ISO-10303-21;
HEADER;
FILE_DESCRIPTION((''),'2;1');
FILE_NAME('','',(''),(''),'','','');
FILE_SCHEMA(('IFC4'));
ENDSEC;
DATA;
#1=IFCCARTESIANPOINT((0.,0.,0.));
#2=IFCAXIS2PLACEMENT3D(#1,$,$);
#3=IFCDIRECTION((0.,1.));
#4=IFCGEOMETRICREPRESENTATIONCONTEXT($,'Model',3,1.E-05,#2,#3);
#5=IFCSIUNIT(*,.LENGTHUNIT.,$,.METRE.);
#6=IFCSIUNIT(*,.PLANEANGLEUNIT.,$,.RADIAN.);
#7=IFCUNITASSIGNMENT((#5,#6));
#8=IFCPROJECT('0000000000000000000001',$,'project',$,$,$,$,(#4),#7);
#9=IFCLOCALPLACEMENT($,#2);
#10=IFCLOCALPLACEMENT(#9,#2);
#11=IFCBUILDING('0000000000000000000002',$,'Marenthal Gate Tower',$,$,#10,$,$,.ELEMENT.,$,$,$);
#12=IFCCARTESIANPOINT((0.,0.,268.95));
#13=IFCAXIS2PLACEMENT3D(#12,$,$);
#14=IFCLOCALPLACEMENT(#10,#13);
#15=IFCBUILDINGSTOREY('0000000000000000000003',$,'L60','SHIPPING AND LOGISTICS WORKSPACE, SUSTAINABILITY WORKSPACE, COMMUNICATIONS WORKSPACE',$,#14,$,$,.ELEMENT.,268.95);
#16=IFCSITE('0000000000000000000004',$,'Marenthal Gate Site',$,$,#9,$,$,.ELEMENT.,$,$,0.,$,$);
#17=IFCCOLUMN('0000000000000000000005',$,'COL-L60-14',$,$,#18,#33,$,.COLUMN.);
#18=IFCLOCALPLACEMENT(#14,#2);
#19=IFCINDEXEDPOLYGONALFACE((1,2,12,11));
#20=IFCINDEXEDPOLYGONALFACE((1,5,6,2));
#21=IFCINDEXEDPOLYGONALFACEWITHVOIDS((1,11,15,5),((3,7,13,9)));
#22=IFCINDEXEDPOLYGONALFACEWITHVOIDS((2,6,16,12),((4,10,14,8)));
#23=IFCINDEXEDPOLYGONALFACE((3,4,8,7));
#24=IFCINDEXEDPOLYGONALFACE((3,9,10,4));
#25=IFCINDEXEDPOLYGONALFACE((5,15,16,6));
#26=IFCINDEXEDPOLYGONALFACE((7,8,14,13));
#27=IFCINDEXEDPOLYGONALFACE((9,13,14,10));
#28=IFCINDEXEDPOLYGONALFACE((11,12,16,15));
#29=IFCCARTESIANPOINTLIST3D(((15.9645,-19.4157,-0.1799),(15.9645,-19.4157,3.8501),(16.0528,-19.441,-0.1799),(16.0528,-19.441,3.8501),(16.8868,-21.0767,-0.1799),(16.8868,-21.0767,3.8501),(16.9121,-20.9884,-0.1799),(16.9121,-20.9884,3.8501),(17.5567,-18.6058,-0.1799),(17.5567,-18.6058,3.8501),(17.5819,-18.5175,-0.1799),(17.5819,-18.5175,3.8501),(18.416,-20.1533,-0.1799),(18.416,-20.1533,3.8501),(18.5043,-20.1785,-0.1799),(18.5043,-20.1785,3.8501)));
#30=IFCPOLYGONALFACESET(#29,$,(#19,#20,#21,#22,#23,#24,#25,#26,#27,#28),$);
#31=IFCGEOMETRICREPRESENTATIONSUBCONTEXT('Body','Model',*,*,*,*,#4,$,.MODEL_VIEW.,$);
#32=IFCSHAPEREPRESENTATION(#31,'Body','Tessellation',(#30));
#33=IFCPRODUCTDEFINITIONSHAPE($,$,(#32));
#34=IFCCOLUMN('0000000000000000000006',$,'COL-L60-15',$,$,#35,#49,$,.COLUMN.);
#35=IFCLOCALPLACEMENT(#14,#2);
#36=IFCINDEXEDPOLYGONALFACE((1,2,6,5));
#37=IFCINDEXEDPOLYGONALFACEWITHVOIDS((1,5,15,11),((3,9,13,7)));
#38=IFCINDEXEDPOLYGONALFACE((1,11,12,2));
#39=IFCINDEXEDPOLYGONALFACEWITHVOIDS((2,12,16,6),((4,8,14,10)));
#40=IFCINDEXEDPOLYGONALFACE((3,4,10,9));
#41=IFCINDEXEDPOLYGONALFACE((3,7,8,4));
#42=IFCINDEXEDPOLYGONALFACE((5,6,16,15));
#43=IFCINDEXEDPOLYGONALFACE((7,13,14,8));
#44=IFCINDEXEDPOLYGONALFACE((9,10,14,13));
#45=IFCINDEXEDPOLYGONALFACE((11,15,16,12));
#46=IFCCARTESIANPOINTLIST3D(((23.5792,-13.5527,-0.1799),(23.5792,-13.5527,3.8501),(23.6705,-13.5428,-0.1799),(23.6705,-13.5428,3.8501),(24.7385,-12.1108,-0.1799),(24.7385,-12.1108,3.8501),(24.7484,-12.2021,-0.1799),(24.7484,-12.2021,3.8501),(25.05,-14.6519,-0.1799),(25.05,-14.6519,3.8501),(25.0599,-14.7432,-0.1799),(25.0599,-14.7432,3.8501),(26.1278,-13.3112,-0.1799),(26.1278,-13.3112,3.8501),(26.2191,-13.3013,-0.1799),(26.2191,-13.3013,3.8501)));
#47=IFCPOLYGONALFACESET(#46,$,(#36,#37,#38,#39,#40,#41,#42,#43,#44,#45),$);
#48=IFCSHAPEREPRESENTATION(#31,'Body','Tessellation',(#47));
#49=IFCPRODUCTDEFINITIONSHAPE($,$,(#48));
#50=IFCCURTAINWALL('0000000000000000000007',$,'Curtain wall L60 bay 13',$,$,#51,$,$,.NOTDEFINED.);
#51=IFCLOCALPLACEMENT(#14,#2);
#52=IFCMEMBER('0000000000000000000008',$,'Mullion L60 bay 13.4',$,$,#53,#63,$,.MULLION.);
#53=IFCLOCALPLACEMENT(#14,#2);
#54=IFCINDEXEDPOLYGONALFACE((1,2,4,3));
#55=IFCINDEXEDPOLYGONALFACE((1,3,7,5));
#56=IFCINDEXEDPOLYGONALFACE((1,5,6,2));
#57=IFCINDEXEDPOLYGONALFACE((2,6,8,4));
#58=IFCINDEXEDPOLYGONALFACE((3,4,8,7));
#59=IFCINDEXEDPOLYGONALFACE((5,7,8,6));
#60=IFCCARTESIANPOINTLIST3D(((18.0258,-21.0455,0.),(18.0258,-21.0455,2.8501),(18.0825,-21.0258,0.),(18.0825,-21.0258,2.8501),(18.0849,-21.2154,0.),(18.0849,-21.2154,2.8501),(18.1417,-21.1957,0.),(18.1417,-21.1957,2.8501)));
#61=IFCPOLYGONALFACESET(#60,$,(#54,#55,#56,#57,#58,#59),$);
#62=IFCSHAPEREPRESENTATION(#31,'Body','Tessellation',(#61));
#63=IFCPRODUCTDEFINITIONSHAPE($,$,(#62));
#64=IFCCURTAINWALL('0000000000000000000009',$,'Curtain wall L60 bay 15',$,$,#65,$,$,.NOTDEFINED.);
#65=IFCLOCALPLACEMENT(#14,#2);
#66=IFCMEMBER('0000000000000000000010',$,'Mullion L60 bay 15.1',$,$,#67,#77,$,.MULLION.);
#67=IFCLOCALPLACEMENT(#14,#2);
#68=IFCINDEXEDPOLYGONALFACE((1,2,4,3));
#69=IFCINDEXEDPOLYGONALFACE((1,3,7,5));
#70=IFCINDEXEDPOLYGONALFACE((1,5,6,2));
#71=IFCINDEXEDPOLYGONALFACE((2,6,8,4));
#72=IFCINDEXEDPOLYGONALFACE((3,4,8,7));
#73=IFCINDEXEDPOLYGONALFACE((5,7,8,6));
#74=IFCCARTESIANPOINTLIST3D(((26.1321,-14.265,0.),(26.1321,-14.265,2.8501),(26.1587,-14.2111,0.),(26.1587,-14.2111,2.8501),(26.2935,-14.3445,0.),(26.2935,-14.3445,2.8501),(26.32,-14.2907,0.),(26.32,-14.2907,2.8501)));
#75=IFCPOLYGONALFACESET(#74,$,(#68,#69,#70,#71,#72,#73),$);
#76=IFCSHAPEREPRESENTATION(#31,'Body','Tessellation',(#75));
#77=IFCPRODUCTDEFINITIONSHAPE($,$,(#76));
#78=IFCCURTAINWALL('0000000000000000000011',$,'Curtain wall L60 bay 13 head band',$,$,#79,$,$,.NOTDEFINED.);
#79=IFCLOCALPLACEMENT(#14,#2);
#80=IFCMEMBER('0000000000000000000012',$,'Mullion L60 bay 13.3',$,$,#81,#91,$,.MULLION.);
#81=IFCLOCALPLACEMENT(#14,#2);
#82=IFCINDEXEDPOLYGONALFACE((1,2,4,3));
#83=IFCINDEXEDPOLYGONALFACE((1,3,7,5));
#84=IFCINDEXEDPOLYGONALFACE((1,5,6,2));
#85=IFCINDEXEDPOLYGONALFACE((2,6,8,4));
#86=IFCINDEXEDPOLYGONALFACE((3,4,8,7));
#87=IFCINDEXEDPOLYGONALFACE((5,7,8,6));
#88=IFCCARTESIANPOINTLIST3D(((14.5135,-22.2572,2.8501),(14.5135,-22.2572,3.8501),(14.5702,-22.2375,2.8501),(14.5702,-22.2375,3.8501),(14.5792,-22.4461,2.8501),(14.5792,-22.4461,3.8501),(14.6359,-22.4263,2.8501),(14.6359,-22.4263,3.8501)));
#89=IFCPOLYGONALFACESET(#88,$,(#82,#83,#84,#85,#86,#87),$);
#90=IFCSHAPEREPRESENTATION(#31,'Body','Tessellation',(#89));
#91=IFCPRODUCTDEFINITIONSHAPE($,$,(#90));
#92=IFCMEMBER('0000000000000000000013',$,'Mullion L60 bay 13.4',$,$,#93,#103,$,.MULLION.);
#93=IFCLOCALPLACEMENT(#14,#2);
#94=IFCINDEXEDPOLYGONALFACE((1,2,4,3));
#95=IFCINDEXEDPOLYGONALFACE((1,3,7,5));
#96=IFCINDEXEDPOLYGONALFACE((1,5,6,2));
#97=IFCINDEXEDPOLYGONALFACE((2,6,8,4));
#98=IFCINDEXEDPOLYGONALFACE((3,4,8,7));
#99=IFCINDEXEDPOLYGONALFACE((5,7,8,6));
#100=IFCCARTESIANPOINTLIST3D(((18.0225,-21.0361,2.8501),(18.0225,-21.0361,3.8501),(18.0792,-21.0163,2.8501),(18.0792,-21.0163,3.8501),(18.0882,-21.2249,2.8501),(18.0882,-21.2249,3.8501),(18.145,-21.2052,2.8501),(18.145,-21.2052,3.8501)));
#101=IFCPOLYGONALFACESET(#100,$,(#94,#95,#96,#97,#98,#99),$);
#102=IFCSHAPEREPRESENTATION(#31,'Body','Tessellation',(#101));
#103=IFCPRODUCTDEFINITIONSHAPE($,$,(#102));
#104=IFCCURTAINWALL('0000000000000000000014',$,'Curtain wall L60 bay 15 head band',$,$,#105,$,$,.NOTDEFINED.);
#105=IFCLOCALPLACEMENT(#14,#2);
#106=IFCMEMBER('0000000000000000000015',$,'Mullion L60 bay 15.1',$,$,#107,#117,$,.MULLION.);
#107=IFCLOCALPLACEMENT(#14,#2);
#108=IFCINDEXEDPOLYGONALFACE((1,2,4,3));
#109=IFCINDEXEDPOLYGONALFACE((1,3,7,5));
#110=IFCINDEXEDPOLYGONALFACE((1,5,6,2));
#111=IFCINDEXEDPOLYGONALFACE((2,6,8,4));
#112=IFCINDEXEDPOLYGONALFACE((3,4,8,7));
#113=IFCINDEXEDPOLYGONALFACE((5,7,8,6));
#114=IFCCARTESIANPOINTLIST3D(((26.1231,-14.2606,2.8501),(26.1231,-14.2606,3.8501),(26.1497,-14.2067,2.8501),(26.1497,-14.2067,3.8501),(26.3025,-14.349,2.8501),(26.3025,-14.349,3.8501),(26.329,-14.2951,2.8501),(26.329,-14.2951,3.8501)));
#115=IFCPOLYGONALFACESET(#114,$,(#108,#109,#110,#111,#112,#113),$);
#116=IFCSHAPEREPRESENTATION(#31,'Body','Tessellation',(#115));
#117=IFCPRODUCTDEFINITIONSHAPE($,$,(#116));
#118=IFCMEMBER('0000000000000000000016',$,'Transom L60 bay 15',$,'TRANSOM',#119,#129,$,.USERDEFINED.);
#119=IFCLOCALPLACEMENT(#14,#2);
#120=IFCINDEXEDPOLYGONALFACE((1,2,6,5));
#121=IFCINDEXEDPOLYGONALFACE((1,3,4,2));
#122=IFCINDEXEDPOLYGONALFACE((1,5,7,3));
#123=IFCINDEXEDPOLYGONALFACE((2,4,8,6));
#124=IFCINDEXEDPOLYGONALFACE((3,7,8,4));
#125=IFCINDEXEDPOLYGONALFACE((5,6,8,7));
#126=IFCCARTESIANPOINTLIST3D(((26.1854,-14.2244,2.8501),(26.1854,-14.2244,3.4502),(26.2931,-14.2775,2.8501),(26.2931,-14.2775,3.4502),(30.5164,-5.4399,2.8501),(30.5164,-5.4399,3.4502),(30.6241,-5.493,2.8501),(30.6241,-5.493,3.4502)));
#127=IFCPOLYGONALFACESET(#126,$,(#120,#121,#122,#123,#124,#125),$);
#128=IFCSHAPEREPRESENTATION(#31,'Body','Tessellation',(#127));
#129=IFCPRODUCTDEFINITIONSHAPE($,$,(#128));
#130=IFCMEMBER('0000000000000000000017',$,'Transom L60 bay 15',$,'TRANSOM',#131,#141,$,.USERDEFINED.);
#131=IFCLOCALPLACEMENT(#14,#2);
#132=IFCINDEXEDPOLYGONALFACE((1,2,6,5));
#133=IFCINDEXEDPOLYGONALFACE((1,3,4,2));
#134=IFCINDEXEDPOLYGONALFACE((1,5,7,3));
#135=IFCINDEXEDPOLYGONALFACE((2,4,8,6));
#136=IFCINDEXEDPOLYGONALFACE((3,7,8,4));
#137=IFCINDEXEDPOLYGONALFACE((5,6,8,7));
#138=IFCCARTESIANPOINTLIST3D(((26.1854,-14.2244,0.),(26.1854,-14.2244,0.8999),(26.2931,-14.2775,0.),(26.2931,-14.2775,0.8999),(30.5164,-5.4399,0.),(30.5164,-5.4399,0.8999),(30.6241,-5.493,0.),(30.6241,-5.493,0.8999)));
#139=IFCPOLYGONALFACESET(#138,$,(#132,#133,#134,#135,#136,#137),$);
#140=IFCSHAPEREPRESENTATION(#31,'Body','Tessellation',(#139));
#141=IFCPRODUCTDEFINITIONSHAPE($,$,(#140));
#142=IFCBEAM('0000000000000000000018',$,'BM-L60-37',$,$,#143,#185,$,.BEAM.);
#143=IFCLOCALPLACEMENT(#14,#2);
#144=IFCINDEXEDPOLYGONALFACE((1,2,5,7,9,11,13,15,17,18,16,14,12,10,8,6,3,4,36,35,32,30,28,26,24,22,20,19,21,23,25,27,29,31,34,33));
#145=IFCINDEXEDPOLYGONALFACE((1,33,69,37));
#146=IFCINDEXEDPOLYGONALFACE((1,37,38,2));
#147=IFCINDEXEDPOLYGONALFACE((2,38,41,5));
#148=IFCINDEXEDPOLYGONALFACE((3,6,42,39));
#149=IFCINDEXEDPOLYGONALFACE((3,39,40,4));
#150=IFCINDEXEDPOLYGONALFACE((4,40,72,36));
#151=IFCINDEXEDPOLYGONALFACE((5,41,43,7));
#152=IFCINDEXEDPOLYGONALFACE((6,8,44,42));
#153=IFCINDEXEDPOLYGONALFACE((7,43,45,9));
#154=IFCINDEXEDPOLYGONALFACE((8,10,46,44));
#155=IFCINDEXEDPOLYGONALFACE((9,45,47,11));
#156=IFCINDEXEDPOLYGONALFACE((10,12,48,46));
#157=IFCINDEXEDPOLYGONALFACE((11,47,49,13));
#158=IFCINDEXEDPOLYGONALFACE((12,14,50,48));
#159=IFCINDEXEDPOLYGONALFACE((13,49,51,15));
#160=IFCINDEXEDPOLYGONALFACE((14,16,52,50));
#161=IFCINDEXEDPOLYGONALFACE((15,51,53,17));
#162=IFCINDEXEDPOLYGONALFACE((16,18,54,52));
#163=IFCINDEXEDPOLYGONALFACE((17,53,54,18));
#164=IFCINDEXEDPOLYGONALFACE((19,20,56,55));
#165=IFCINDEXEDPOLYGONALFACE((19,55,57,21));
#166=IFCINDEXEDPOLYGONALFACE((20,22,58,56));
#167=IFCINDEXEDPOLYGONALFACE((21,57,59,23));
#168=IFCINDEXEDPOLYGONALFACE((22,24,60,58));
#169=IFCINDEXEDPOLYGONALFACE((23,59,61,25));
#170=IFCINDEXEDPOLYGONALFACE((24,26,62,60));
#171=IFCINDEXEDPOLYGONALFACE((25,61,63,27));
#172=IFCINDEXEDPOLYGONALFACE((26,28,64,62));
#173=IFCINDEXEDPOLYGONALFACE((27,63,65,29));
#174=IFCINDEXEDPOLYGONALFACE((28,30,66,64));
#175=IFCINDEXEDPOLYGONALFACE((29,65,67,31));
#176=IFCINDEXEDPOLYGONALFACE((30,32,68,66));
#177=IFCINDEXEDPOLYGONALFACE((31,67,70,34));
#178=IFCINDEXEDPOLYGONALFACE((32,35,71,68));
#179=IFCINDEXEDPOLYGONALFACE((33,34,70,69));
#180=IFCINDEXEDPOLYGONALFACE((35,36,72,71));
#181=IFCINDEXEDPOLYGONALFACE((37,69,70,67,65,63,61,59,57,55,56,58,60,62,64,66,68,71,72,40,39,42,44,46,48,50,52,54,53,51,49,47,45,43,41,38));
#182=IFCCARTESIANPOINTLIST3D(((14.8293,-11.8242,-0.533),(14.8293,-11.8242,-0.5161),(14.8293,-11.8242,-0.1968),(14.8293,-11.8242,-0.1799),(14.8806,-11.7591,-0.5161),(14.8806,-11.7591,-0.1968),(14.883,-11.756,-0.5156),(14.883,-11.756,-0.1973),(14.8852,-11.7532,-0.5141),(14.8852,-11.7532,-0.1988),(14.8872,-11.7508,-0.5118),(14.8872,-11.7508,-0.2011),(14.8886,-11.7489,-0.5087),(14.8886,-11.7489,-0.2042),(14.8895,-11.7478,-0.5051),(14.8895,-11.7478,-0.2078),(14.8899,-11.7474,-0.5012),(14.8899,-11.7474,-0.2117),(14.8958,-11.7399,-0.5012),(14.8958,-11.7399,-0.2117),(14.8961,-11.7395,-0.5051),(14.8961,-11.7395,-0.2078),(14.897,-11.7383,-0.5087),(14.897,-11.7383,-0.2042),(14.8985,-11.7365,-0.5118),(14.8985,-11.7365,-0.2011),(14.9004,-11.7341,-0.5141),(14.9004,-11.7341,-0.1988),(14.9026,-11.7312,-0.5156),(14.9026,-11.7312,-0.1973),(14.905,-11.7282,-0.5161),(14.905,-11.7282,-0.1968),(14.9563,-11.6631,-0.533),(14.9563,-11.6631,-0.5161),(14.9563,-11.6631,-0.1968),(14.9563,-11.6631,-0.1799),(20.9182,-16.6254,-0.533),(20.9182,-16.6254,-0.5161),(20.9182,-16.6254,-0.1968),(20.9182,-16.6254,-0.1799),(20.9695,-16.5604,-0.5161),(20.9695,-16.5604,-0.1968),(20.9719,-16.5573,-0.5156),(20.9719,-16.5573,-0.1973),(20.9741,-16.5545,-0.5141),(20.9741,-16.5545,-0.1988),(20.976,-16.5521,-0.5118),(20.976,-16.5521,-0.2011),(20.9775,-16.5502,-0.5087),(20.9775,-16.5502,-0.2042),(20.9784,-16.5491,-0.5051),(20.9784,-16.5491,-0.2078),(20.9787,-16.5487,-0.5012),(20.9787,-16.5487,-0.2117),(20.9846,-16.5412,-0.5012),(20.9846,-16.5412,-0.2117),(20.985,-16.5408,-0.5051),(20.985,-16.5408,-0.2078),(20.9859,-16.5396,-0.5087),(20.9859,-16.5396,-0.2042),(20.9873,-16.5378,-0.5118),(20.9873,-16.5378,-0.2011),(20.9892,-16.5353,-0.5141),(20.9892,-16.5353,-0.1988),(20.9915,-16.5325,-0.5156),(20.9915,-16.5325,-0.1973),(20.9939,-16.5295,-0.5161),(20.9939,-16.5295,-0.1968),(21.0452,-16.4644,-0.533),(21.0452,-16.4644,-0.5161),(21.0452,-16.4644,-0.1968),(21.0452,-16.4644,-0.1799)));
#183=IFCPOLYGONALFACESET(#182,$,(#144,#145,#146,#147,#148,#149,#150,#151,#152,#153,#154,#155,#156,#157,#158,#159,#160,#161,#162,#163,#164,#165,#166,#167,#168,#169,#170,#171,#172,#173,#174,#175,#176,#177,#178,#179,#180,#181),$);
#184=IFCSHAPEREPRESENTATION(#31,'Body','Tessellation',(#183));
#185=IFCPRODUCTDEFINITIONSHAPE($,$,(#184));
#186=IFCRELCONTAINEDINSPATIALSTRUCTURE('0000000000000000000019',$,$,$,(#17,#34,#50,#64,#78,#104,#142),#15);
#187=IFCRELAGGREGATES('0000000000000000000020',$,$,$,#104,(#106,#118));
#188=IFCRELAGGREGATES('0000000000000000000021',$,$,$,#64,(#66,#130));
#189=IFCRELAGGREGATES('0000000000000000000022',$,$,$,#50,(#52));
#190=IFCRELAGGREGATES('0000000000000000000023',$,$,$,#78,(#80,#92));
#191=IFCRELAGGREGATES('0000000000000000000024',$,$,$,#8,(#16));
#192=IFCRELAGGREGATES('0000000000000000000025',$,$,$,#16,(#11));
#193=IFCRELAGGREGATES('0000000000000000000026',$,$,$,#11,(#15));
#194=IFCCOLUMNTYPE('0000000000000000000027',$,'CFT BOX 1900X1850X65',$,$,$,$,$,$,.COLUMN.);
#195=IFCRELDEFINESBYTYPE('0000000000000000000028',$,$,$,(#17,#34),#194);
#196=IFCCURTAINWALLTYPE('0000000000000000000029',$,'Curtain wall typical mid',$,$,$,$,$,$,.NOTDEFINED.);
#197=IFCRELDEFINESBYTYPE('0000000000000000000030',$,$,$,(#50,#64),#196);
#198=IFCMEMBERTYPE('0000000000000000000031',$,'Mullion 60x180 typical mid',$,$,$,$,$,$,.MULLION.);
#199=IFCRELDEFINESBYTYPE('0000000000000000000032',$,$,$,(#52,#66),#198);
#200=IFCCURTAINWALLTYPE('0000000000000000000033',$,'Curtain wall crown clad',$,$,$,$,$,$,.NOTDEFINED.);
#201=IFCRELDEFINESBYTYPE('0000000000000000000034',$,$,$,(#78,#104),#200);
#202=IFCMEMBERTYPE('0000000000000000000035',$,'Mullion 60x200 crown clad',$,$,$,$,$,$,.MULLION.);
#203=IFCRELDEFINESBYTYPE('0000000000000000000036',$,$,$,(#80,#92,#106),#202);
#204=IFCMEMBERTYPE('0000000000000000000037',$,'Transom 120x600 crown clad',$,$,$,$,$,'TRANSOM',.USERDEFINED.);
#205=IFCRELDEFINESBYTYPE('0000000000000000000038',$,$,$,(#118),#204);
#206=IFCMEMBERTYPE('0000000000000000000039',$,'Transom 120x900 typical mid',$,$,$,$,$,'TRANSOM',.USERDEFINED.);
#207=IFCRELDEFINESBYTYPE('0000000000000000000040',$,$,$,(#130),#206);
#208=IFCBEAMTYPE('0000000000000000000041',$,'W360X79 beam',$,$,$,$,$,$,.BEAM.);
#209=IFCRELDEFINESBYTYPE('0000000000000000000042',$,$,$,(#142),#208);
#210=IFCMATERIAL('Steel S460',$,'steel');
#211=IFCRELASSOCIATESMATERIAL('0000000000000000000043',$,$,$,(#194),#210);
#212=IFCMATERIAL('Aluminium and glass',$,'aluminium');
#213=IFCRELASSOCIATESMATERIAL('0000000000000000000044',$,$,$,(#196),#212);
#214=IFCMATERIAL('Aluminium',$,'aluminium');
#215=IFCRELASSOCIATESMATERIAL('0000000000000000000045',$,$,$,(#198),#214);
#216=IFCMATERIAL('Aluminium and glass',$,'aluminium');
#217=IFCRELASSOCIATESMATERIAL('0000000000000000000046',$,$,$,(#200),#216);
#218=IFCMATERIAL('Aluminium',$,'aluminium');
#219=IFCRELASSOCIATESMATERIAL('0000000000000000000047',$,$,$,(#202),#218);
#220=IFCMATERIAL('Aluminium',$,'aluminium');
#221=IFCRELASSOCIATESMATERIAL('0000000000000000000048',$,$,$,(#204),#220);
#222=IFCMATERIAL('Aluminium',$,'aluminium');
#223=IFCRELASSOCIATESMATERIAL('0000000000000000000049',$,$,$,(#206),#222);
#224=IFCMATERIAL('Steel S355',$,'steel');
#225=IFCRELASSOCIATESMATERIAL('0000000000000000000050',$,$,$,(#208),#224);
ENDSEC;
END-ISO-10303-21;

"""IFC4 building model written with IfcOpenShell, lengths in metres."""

from ifc_helpers import new_model, si_unit, direction, frame, origin, origin_2d, place, context, subcontext, project, spatial, rectangle, hollow_rectangle, i_section, extrude, material, material_profile, profile_set, type_object, element, aggregate, save


model = new_model("IFC4")

# Units and contexts
model_context = context("Model", 3, precision=1e-05, world=origin(), true_north=direction((0.0, 1.0)))
body_context = subcontext(model_context, "Body", "Model", "MODEL_VIEW")
ifc_project = project(units=[si_unit("LENGTHUNIT", "METRE"), si_unit("PLANEANGLEUNIT", "RADIAN")], contexts=[model_context])

# Site, building, storey
site_placement = place(None, origin())
site = spatial("IfcSite", under=ifc_project, at=site_placement, Name="Marenthal Gate Site", CompositionType="ELEMENT", RefElevation=0.0)
building_placement = place(site_placement, origin())
building = spatial("IfcBuilding", under=site, at=building_placement, Name="Marenthal Gate Tower", CompositionType="ELEMENT")
storey_placement = place(building_placement, frame((0.0, 0.0, 268.95)))
storey = spatial("IfcBuildingStorey", under=building, at=storey_placement, Name="L60", Description="SHIPPING AND LOGISTICS WORKSPACE, SUSTAINABILITY WORKSPACE, COMMUNICATIONS WORKSPACE", CompositionType="ELEMENT", Elevation=268.95)

# Columns
ifc_material_1 = material(Name="Steel S460", Category="steel")
ifc_material_profile_1 = material_profile(ifc_material_1, hollow_rectangle(XDim=1.8501, YDim=1.8999, WallThickness=0.0649, at=origin_2d()), Name="CFT BOX 1900X1850X65")
ifc_material_2 = material(Name="Concrete 70 MPa", Category="concrete")
ifc_material_profile_2 = material_profile(ifc_material_2, rectangle(XDim=1.72, YDim=1.77, at=origin_2d()), Name="CFT BOX 1900X1850X65 INFILL")
ifc_profile_set_1 = profile_set([ifc_material_profile_1, ifc_material_profile_2], Name="Steel S460 shell, Concrete 70 MPa infill")
column_type = type_object("IfcColumnType", Name="CFT BOX 1900X1850X65", PredefinedType="COLUMN", material=ifc_profile_set_1)
for number, where, z_axis, x_axis, name in (
    (1, (17.2344, -19.7971, -0.1799), (0.0, 0.0, 1.0), (-0.874251, -0.485475, 0.0), "COL-L60-14"),
    (2, (24.8992, -13.427, -0.1799), (0.0, 0.0, 1.0), (-0.626593, -0.779347, 0.0), "COL-L60-15"),
):
    element("IfcColumn", number, at=place(storey_placement, frame(where, z_axis=z_axis, x_axis=x_axis)), inside=storey, type_object=column_type, Name=name, PredefinedType="COLUMN", context=body_context, shape_type="SweptSolid", body=[
        extrude(hollow_rectangle(XDim=1.8501, YDim=1.8999, WallThickness=0.0649, at=origin_2d()), origin(), (0.0, 0.0, 1.0), 4.03),
    ])

# Curtain walls, members
ifc_material_3 = material(Name="Aluminium and glass", Category="aluminium")
curtain_wall_type_1 = type_object("IfcCurtainWallType", Name="Curtain wall typical mid", PredefinedType="NOTDEFINED", material=ifc_material_3)
curtain_wall_1_placement = place(storey_placement, origin())
curtain_wall_1 = element("IfcCurtainWall", 3, at=curtain_wall_1_placement, inside=storey, type_object=curtain_wall_type_1, Name="Curtain wall L60 bay 13", PredefinedType="NOTDEFINED")
ifc_material_4 = material(Name="Aluminium", Category="aluminium")
ifc_material_profile_3 = material_profile(ifc_material_4, rectangle(XDim=0.1799, YDim=0.0601, at=origin_2d()), Name="60x180 aluminium mullion")
ifc_profile_set_2 = profile_set([ifc_material_profile_3], Name="Aluminium")
member_type_1 = type_object("IfcMemberType", Name="Mullion 60x180 typical mid", PredefinedType="MULLION", material=ifc_profile_set_2)
member_1_placement = place(storey_placement, frame((18.0837, -21.1206, 0.0), z_axis=(0.0, 0.0, 1.0), x_axis=(-0.32867, 0.944445, 0.0)))
member_1 = element("IfcMember", 4, at=member_1_placement, type_object=member_type_1, Name="Mullion L60 bay 13.4", PredefinedType="MULLION", context=body_context, shape_type="SweptSolid", body=[
    extrude(rectangle(XDim=0.1799, YDim=0.0601, at=origin_2d()), origin(), (0.0, 0.0, 1.0), 2.8501),
])
curtain_wall_2_placement = place(storey_placement, origin())
curtain_wall_2 = element("IfcCurtainWall", 5, at=curtain_wall_2_placement, inside=storey, type_object=curtain_wall_type_1, Name="Curtain wall L60 bay 15", PredefinedType="NOTDEFINED")
member_2_placement = place(storey_placement, frame((26.2261, -14.2778, 0.0), z_axis=(0.0, 0.0, 1.0), x_axis=(-0.896921, 0.442192, 0.0)))
member_2 = element("IfcMember", 6, at=member_2_placement, type_object=member_type_1, Name="Mullion L60 bay 15.1", PredefinedType="MULLION", context=body_context, shape_type="SweptSolid", body=[
    extrude(rectangle(XDim=0.1799, YDim=0.0601, at=origin_2d()), origin(), (0.0, 0.0, 1.0), 2.8501),
])

# Curtain walls, members
ifc_material_5 = material(Name="Aluminium and glass", Category="aluminium")
curtain_wall_type_2 = type_object("IfcCurtainWallType", Name="Curtain wall crown clad", PredefinedType="NOTDEFINED", material=ifc_material_5)
curtain_wall_3_placement = place(storey_placement, origin())
curtain_wall_3 = element("IfcCurtainWall", 7, at=curtain_wall_3_placement, inside=storey, type_object=curtain_wall_type_2, Name="Curtain wall L60 bay 13 head band", PredefinedType="NOTDEFINED")
ifc_material_6 = material(Name="Aluminium", Category="aluminium")
ifc_material_profile_4 = material_profile(ifc_material_6, rectangle(XDim=0.2, YDim=0.0601, at=origin_2d()), Name="60x200 aluminium mullion")
ifc_profile_set_3 = profile_set([ifc_material_profile_4], Name="Aluminium")
member_type_2 = type_object("IfcMemberType", Name="Mullion 60x200 crown clad", PredefinedType="MULLION", material=ifc_profile_set_3)
member_3_placement = place(storey_placement, frame((14.5747, -22.3418, 2.8501), z_axis=(0.0, 0.0, 1.0), x_axis=(-0.32867, 0.944445, 0.0)))
member_3 = element("IfcMember", 8, at=member_3_placement, type_object=member_type_2, Name="Mullion L60 bay 13.3", PredefinedType="MULLION", context=body_context, shape_type="SweptSolid", body=[
    extrude(rectangle(XDim=0.2, YDim=0.0601, at=origin_2d()), origin(), (0.0, 0.0, 1.0), 1.0),
])
member_4_placement = place(storey_placement, frame((18.0837, -21.1206, 2.8501), z_axis=(0.0, 0.0, 1.0), x_axis=(-0.32867, 0.944445, 0.0)))
member_4 = element("IfcMember", 9, at=member_4_placement, type_object=member_type_2, Name="Mullion L60 bay 13.4", PredefinedType="MULLION", context=body_context, shape_type="SweptSolid", body=[
    extrude(rectangle(XDim=0.2, YDim=0.0601, at=origin_2d()), origin(), (0.0, 0.0, 1.0), 1.0),
])
curtain_wall_4_placement = place(storey_placement, origin())
curtain_wall_4 = element("IfcCurtainWall", 10, at=curtain_wall_4_placement, inside=storey, type_object=curtain_wall_type_2, Name="Curtain wall L60 bay 15 head band", PredefinedType="NOTDEFINED")
member_5_placement = place(storey_placement, frame((26.2261, -14.2778, 2.8501), z_axis=(0.0, 0.0, 1.0), x_axis=(-0.896921, 0.442192, 0.0)))
member_5 = element("IfcMember", 11, at=member_5_placement, type_object=member_type_2, Name="Mullion L60 bay 15.1", PredefinedType="MULLION", context=body_context, shape_type="SweptSolid", body=[
    extrude(rectangle(XDim=0.2, YDim=0.0601, at=origin_2d()), origin(), (0.0, 0.0, 1.0), 1.0),
])
ifc_material_7 = material(Name="Aluminium", Category="aluminium")
ifc_material_profile_5 = material_profile(ifc_material_7, rectangle(XDim=0.1201, YDim=0.6001, at=origin_2d()), Name="120x600 aluminium transom")
ifc_profile_set_4 = profile_set([ifc_material_profile_5], Name="Aluminium")
member_type_3 = type_object("IfcMemberType", Name="Transom 120x600 crown clad", ElementType="TRANSOM", PredefinedType="USERDEFINED", material=ifc_profile_set_4)
member_6_placement = place(storey_placement, frame((26.2393, -14.251, 3.1501), z_axis=(0.442201, 0.896916, 0.0), x_axis=(-0.896916, 0.442201, 0.0)))
member_6 = element("IfcMember", 12, at=member_6_placement, type_object=member_type_3, Name="Transom L60 bay 15", ObjectType="TRANSOM", PredefinedType="USERDEFINED", context=body_context, shape_type="SweptSolid", body=[
    extrude(rectangle(XDim=0.1201, YDim=0.6001, at=origin_2d()), origin(), (0.0, 0.0, 1.0), 9.7942),
])
aggregate(curtain_wall_4, [member_5, member_6])

# Member
ifc_material_8 = material(Name="Aluminium", Category="aluminium")
ifc_material_profile_6 = material_profile(ifc_material_8, rectangle(XDim=0.1201, YDim=0.8999, at=origin_2d()), Name="120x900 aluminium transom")
ifc_profile_set_5 = profile_set([ifc_material_profile_6], Name="Aluminium")
member_type_4 = type_object("IfcMemberType", Name="Transom 120x900 typical mid", ElementType="TRANSOM", PredefinedType="USERDEFINED", material=ifc_profile_set_5)
member_7_placement = place(storey_placement, frame((26.2393, -14.251, 0.45), z_axis=(0.442201, 0.896916, 0.0), x_axis=(-0.896916, 0.442201, 0.0)))
member_7 = element("IfcMember", 13, at=member_7_placement, type_object=member_type_4, Name="Transom L60 bay 15", ObjectType="TRANSOM", PredefinedType="USERDEFINED", context=body_context, shape_type="SweptSolid", body=[
    extrude(rectangle(XDim=0.1201, YDim=0.8999, at=origin_2d()), origin(), (0.0, 0.0, 1.0), 9.7942),
])
aggregate(curtain_wall_2, [member_2, member_7])

# Beam
ifc_material_9 = material(Name="Steel S355", Category="steel")
ifc_material_profile_7 = material_profile(ifc_material_9, i_section(OverallWidth=0.2051, OverallDepth=0.353, WebThickness=0.0095, FlangeThickness=0.0168, FilletRadius=0.0149, at=origin_2d()), Name="W360X79")
ifc_profile_set_6 = profile_set([ifc_material_profile_7], Name="Steel S355")
beam_type_1 = type_object("IfcBeamType", Name="W360X79 beam", PredefinedType="BEAM", material=ifc_profile_set_6)
beam_1_placement = place(storey_placement, frame((20.9817, -16.5449, -0.3564), z_axis=(-0.785242, 0.619189, 0.0), x_axis=(-0.619189, -0.785242, 0.0)))
element("IfcBeam", 14, at=beam_1_placement, inside=storey, type_object=beam_type_1, Name="BM-L60-37", PredefinedType="BEAM", context=body_context, shape_type="SweptSolid", body=[
    extrude(i_section(OverallWidth=0.2051, OverallDepth=0.353, WebThickness=0.0095, FlangeThickness=0.0168, FilletRadius=0.0149, at=origin_2d()), origin(), (0.0, 0.0, 1.0), 7.7542),
])

aggregate(curtain_wall_1, [member_1])
aggregate(curtain_wall_3, [member_3, member_4])

save(model, "model.ifc")
